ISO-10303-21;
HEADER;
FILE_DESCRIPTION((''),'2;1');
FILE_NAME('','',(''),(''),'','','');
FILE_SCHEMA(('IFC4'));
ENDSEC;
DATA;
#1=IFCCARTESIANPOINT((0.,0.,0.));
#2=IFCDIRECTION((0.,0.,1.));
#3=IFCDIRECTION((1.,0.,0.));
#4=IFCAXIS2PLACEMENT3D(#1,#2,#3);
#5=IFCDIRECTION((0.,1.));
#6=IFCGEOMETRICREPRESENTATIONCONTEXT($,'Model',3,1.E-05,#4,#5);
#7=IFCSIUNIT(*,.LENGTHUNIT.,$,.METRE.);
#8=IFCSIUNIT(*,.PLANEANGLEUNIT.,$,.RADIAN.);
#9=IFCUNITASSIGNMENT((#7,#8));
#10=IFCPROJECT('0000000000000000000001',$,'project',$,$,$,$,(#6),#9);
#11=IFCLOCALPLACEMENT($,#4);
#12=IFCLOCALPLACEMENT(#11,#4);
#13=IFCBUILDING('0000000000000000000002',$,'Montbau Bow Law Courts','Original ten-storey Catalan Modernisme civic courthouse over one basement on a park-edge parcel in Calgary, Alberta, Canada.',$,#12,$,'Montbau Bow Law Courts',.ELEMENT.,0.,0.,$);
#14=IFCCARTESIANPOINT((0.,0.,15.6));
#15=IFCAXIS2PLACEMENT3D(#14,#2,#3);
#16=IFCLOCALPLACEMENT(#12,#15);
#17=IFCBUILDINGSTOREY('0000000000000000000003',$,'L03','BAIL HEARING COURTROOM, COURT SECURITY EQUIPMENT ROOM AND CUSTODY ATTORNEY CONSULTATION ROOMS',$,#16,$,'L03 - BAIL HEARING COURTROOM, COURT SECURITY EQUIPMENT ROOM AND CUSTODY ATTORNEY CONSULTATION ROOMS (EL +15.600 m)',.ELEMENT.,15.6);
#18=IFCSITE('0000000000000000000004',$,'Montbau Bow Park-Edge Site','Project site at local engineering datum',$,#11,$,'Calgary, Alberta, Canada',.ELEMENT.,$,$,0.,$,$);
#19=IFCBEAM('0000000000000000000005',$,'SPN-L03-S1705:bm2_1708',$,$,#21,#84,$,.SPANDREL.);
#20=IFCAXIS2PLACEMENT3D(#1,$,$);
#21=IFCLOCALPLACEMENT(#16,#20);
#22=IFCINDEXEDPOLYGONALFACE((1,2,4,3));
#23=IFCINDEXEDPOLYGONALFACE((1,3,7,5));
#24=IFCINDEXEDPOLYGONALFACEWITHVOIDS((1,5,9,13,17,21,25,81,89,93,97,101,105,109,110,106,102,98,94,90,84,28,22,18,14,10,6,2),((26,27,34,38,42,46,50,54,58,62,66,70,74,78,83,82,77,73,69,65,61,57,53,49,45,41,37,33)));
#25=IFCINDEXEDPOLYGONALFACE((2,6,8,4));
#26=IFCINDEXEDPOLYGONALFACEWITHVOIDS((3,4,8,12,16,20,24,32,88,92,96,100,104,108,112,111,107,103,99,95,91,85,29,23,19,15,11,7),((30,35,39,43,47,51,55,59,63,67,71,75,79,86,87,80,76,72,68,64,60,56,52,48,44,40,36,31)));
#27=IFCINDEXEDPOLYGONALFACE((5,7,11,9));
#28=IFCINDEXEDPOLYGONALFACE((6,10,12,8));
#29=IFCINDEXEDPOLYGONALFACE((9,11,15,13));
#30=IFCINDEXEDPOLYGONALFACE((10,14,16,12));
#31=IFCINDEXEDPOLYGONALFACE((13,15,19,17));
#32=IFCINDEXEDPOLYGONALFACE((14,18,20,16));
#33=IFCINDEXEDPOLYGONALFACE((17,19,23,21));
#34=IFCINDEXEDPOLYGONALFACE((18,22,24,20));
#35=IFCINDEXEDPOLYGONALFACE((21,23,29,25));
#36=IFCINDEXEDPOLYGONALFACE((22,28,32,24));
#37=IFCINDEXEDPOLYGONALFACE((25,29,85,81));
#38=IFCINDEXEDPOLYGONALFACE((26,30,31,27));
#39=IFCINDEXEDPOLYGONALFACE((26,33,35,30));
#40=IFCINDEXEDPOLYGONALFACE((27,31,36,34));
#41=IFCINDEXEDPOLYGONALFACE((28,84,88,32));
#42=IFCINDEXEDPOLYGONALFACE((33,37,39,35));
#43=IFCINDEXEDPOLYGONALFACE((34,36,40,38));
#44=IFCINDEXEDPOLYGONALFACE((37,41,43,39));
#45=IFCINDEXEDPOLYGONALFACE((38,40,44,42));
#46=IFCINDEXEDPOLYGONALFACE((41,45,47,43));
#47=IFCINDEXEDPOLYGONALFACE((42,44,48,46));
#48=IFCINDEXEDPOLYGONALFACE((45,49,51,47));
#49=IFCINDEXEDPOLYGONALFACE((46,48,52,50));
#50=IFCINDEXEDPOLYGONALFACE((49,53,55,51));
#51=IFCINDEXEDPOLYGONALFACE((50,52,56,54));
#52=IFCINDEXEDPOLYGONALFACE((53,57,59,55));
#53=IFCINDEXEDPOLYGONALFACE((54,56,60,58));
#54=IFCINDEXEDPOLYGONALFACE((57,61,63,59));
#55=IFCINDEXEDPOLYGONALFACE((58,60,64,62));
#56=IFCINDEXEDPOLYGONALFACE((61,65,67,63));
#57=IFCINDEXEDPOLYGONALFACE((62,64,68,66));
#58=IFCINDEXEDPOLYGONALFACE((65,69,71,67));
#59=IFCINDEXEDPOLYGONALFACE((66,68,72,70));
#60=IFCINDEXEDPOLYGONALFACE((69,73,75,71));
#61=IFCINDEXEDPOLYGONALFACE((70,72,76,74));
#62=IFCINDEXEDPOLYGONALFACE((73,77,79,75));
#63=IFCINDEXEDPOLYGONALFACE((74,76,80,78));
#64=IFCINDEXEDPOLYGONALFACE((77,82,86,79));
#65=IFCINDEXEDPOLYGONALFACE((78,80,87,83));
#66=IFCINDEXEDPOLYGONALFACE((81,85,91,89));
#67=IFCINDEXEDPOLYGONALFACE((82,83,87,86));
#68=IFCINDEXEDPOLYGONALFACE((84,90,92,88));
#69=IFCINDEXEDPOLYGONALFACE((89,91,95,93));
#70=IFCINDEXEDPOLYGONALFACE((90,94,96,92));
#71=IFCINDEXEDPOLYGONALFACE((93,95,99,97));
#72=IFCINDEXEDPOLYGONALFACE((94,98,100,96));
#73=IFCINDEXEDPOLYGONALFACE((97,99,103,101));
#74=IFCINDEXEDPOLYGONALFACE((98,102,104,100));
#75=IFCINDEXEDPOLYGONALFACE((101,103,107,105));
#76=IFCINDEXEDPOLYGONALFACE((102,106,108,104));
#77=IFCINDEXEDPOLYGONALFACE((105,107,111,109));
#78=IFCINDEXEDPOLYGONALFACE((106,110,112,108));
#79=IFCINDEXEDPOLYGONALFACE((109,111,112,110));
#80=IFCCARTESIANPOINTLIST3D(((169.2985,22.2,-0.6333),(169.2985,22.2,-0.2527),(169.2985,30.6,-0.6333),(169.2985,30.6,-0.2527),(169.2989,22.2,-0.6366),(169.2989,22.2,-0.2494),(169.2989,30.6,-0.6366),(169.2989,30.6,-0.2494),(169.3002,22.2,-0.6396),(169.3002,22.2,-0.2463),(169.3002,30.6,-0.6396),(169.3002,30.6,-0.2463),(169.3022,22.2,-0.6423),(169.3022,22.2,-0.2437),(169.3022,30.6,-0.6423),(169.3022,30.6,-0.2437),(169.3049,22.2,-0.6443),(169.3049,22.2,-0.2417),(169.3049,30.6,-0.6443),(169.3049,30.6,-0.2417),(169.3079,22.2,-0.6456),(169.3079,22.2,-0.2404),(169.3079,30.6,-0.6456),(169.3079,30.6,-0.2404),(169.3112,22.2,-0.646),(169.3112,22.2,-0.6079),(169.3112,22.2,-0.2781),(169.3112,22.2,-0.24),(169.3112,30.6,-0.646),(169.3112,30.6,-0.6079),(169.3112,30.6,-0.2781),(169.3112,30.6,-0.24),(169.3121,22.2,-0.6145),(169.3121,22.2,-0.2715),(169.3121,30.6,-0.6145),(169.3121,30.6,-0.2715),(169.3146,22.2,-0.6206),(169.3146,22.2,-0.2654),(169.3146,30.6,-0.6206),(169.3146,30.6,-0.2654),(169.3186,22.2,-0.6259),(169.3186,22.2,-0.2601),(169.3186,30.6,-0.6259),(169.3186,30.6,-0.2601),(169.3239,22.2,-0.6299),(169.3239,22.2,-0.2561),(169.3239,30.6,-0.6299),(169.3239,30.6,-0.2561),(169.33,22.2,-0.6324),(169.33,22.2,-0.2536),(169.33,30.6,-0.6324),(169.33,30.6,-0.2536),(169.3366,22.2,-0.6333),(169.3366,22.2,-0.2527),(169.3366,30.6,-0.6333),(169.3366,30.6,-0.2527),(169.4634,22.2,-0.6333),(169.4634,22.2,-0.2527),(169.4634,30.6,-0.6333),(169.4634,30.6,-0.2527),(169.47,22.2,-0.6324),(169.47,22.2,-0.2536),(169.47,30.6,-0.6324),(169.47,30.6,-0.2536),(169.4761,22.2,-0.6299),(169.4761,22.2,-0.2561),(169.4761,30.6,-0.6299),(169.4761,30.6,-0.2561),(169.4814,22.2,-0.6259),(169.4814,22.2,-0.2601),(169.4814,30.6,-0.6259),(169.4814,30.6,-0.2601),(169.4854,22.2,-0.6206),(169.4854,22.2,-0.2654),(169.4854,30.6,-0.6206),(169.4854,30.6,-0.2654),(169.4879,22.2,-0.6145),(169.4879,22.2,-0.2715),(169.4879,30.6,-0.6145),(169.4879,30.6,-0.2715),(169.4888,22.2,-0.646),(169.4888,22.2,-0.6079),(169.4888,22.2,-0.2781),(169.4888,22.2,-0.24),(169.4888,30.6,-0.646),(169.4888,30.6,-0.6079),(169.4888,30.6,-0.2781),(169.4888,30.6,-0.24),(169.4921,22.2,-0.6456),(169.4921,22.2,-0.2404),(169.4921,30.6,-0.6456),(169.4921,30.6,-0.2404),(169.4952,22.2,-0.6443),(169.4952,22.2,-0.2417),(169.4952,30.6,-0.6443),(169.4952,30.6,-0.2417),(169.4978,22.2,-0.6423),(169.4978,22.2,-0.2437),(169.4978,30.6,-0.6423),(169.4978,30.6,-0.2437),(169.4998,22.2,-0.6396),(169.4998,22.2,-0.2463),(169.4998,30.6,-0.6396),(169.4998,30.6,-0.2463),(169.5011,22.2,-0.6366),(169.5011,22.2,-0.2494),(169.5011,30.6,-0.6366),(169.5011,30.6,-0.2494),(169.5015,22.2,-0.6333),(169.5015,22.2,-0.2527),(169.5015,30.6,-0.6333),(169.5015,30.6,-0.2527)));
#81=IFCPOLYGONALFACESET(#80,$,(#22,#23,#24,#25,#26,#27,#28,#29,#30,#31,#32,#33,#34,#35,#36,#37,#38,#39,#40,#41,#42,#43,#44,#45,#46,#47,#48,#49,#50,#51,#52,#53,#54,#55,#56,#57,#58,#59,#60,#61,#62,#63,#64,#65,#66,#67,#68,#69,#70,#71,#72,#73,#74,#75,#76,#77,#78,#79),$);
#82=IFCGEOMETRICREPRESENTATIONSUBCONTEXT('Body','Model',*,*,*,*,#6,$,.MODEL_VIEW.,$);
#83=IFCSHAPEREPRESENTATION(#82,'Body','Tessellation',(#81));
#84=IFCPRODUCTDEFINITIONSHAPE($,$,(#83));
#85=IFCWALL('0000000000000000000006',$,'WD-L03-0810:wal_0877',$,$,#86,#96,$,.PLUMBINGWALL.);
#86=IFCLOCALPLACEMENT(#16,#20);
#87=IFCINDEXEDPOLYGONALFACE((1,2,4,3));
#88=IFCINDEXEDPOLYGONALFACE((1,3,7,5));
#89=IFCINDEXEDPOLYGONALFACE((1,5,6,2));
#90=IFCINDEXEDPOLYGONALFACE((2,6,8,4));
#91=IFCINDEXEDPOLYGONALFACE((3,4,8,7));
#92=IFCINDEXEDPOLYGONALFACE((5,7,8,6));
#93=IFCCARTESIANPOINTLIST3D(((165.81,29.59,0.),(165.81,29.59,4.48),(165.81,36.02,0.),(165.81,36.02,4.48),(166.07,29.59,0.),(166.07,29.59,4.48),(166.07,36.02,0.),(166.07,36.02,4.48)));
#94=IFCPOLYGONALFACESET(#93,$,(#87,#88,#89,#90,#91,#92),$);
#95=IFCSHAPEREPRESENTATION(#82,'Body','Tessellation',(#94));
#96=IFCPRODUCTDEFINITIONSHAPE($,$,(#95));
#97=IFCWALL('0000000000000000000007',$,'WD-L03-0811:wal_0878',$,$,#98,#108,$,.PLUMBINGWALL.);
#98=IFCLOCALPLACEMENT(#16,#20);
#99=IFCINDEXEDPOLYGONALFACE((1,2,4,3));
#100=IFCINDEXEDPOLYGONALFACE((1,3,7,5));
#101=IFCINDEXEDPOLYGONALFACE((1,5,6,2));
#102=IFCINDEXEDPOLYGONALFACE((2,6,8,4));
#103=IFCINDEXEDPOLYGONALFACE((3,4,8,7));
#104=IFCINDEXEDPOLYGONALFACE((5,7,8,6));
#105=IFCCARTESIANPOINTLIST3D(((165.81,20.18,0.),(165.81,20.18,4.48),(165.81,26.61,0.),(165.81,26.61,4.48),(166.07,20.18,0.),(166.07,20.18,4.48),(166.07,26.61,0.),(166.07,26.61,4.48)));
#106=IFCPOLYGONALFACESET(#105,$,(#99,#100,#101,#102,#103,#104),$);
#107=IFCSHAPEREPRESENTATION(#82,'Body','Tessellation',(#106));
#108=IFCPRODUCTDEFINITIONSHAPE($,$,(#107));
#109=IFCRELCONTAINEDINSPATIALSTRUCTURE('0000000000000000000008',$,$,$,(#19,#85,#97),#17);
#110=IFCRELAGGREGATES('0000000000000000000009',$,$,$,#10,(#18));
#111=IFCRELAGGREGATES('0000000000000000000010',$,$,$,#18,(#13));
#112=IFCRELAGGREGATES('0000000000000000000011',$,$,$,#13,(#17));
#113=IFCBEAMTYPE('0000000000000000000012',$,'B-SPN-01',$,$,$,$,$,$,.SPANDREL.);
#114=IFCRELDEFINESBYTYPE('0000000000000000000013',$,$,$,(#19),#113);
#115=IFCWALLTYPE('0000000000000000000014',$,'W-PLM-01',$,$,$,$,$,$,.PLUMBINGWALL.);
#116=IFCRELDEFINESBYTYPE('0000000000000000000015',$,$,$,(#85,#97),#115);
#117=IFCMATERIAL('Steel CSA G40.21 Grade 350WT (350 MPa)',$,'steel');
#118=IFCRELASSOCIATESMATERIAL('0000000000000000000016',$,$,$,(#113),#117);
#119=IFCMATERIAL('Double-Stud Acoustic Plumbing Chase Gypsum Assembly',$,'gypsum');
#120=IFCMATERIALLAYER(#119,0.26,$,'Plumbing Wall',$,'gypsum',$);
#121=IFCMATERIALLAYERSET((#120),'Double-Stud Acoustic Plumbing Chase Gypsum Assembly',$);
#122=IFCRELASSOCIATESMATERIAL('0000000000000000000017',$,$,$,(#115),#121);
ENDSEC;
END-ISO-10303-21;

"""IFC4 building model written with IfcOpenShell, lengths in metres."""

from ifc_helpers import new_model, si_unit, direction, frame, frame_2d, origin_with_axes, origin_2d_with_axis, place, context, subcontext, project, spatial, rectangle, hollow_rectangle, extrude, material, layer, layer_set, material_profile, profile_set, type_object, element, save


model = new_model("IFC4")

# Units and contexts
model_context = context("Model", 3, precision=1e-05, world=origin_with_axes(), true_north=direction((0.0, 1.0)))
body_context = subcontext(model_context, "Body", "Model", "MODEL_VIEW")
ifc_project = project(units=[si_unit("LENGTHUNIT", "METRE"), si_unit("PLANEANGLEUNIT", "RADIAN")], contexts=[model_context])

# Site, building, storey
site_placement = place(None, origin_with_axes())
site = spatial("IfcSite", under=ifc_project, at=site_placement, Name="Montbau Bow Park-Edge Site", Description="Project site at local engineering datum", LongName="Calgary, Alberta, Canada", CompositionType="ELEMENT", RefElevation=0.0)
building_placement = place(site_placement, origin_with_axes())
building = spatial("IfcBuilding", under=site, at=building_placement, Name="Montbau Bow Law Courts", Description="Original ten-storey Catalan Modernisme civic courthouse over one basement on a park-edge parcel in Calgary, Alberta, Canada.", LongName="Montbau Bow Law Courts", CompositionType="ELEMENT", ElevationOfRefHeight=0.0, ElevationOfTerrain=0.0)
storey_placement = place(building_placement, frame((0.0, 0.0, 15.6), z_axis=(0.0, 0.0, 1.0), x_axis=(1.0, 0.0, 0.0)))
storey = spatial("IfcBuildingStorey", under=building, at=storey_placement, Name="L03", Description="BAIL HEARING COURTROOM, COURT SECURITY EQUIPMENT ROOM AND CUSTODY ATTORNEY CONSULTATION ROOMS", LongName="L03 - BAIL HEARING COURTROOM, COURT SECURITY EQUIPMENT ROOM AND CUSTODY ATTORNEY CONSULTATION ROOMS (EL +15.600 m)", CompositionType="ELEMENT", Elevation=15.6)

# Beam
ifc_material_1 = material(Name="Steel CSA G40.21 Grade 350WT (350 MPa)", Category="steel")
ifc_material_profile_1 = material_profile(ifc_material_1, hollow_rectangle(XDim=0.203, YDim=0.406, WallThickness=0.0127, InnerFilletRadius=0.0254, OuterFilletRadius=0.0127, at=origin_2d_with_axis()), Name="HSS406X203X13", Category="Main", Priority=0)
ifc_profile_set_1 = profile_set([ifc_material_profile_1], Name="Steel CSA G40.21 Grade 350WT (350 MPa)")
beam_type_1 = type_object("IfcBeamType", Name="B-SPN-01", PredefinedType="SPANDREL", material=ifc_profile_set_1)
beam_1_placement = place(None, frame((169.4, 22.2, 15.157), z_axis=(0.0, 1.0, 0.0), x_axis=(-1.0, 0.0, 0.0)))
element("IfcBeam", 1, at=beam_1_placement, inside=storey, type_object=beam_type_1, Name="SPN-L03-S1705:bm2_1708", PredefinedType="SPANDREL", context=body_context, shape_type="SweptSolid", body=[
    extrude(hollow_rectangle(XDim=0.203, YDim=0.406, WallThickness=0.0127, InnerFilletRadius=0.0254, OuterFilletRadius=0.0127, at=origin_2d_with_axis()), origin_with_axes(), (0.0, 0.0, 1.0), 8.4),
])

# Walls
ifc_material_2 = material(Name="Double-Stud Acoustic Plumbing Chase Gypsum Assembly", Category="gypsum")
ifc_layer = layer(ifc_material_2, 0.26, Name="Plumbing Wall", Category="gypsum")
ifc_layer_set = layer_set([ifc_layer], Name="Double-Stud Acoustic Plumbing Chase Gypsum Assembly")
wall_type = type_object("IfcWallType", Name="W-PLM-01", PredefinedType="PLUMBINGWALL", material=ifc_layer_set)
wall_1_placement = place(None, frame((165.94, 29.59, 15.6), z_axis=(0.0, 0.0, 1.0), x_axis=(0.0, 1.0, 0.0)))
element("IfcWall", 2, at=wall_1_placement, inside=storey, type_object=wall_type, Name="WD-L03-0810:wal_0877", PredefinedType="PLUMBINGWALL", context=body_context, shape_type="SweptSolid", body=[
    extrude(rectangle(XDim=6.43, YDim=0.26, at=frame_2d((3.215, 0.0), x_axis=(1.0, 0.0))), origin_with_axes(), (0.0, 0.0, 1.0), 4.48),
])
wall_2_placement = place(None, frame((165.94, 20.18, 15.6), z_axis=(0.0, 0.0, 1.0), x_axis=(0.0, 1.0, 0.0)))
element("IfcWall", 3, at=wall_2_placement, inside=storey, type_object=wall_type, Name="WD-L03-0811:wal_0878", PredefinedType="PLUMBINGWALL", context=body_context, shape_type="SweptSolid", body=[
    extrude(rectangle(XDim=6.43, YDim=0.26, at=frame_2d((3.215, 0.0), x_axis=(1.0, 0.0))), origin_with_axes(), (0.0, 0.0, 1.0), 4.48),
])

save(model, "model.ifc")
